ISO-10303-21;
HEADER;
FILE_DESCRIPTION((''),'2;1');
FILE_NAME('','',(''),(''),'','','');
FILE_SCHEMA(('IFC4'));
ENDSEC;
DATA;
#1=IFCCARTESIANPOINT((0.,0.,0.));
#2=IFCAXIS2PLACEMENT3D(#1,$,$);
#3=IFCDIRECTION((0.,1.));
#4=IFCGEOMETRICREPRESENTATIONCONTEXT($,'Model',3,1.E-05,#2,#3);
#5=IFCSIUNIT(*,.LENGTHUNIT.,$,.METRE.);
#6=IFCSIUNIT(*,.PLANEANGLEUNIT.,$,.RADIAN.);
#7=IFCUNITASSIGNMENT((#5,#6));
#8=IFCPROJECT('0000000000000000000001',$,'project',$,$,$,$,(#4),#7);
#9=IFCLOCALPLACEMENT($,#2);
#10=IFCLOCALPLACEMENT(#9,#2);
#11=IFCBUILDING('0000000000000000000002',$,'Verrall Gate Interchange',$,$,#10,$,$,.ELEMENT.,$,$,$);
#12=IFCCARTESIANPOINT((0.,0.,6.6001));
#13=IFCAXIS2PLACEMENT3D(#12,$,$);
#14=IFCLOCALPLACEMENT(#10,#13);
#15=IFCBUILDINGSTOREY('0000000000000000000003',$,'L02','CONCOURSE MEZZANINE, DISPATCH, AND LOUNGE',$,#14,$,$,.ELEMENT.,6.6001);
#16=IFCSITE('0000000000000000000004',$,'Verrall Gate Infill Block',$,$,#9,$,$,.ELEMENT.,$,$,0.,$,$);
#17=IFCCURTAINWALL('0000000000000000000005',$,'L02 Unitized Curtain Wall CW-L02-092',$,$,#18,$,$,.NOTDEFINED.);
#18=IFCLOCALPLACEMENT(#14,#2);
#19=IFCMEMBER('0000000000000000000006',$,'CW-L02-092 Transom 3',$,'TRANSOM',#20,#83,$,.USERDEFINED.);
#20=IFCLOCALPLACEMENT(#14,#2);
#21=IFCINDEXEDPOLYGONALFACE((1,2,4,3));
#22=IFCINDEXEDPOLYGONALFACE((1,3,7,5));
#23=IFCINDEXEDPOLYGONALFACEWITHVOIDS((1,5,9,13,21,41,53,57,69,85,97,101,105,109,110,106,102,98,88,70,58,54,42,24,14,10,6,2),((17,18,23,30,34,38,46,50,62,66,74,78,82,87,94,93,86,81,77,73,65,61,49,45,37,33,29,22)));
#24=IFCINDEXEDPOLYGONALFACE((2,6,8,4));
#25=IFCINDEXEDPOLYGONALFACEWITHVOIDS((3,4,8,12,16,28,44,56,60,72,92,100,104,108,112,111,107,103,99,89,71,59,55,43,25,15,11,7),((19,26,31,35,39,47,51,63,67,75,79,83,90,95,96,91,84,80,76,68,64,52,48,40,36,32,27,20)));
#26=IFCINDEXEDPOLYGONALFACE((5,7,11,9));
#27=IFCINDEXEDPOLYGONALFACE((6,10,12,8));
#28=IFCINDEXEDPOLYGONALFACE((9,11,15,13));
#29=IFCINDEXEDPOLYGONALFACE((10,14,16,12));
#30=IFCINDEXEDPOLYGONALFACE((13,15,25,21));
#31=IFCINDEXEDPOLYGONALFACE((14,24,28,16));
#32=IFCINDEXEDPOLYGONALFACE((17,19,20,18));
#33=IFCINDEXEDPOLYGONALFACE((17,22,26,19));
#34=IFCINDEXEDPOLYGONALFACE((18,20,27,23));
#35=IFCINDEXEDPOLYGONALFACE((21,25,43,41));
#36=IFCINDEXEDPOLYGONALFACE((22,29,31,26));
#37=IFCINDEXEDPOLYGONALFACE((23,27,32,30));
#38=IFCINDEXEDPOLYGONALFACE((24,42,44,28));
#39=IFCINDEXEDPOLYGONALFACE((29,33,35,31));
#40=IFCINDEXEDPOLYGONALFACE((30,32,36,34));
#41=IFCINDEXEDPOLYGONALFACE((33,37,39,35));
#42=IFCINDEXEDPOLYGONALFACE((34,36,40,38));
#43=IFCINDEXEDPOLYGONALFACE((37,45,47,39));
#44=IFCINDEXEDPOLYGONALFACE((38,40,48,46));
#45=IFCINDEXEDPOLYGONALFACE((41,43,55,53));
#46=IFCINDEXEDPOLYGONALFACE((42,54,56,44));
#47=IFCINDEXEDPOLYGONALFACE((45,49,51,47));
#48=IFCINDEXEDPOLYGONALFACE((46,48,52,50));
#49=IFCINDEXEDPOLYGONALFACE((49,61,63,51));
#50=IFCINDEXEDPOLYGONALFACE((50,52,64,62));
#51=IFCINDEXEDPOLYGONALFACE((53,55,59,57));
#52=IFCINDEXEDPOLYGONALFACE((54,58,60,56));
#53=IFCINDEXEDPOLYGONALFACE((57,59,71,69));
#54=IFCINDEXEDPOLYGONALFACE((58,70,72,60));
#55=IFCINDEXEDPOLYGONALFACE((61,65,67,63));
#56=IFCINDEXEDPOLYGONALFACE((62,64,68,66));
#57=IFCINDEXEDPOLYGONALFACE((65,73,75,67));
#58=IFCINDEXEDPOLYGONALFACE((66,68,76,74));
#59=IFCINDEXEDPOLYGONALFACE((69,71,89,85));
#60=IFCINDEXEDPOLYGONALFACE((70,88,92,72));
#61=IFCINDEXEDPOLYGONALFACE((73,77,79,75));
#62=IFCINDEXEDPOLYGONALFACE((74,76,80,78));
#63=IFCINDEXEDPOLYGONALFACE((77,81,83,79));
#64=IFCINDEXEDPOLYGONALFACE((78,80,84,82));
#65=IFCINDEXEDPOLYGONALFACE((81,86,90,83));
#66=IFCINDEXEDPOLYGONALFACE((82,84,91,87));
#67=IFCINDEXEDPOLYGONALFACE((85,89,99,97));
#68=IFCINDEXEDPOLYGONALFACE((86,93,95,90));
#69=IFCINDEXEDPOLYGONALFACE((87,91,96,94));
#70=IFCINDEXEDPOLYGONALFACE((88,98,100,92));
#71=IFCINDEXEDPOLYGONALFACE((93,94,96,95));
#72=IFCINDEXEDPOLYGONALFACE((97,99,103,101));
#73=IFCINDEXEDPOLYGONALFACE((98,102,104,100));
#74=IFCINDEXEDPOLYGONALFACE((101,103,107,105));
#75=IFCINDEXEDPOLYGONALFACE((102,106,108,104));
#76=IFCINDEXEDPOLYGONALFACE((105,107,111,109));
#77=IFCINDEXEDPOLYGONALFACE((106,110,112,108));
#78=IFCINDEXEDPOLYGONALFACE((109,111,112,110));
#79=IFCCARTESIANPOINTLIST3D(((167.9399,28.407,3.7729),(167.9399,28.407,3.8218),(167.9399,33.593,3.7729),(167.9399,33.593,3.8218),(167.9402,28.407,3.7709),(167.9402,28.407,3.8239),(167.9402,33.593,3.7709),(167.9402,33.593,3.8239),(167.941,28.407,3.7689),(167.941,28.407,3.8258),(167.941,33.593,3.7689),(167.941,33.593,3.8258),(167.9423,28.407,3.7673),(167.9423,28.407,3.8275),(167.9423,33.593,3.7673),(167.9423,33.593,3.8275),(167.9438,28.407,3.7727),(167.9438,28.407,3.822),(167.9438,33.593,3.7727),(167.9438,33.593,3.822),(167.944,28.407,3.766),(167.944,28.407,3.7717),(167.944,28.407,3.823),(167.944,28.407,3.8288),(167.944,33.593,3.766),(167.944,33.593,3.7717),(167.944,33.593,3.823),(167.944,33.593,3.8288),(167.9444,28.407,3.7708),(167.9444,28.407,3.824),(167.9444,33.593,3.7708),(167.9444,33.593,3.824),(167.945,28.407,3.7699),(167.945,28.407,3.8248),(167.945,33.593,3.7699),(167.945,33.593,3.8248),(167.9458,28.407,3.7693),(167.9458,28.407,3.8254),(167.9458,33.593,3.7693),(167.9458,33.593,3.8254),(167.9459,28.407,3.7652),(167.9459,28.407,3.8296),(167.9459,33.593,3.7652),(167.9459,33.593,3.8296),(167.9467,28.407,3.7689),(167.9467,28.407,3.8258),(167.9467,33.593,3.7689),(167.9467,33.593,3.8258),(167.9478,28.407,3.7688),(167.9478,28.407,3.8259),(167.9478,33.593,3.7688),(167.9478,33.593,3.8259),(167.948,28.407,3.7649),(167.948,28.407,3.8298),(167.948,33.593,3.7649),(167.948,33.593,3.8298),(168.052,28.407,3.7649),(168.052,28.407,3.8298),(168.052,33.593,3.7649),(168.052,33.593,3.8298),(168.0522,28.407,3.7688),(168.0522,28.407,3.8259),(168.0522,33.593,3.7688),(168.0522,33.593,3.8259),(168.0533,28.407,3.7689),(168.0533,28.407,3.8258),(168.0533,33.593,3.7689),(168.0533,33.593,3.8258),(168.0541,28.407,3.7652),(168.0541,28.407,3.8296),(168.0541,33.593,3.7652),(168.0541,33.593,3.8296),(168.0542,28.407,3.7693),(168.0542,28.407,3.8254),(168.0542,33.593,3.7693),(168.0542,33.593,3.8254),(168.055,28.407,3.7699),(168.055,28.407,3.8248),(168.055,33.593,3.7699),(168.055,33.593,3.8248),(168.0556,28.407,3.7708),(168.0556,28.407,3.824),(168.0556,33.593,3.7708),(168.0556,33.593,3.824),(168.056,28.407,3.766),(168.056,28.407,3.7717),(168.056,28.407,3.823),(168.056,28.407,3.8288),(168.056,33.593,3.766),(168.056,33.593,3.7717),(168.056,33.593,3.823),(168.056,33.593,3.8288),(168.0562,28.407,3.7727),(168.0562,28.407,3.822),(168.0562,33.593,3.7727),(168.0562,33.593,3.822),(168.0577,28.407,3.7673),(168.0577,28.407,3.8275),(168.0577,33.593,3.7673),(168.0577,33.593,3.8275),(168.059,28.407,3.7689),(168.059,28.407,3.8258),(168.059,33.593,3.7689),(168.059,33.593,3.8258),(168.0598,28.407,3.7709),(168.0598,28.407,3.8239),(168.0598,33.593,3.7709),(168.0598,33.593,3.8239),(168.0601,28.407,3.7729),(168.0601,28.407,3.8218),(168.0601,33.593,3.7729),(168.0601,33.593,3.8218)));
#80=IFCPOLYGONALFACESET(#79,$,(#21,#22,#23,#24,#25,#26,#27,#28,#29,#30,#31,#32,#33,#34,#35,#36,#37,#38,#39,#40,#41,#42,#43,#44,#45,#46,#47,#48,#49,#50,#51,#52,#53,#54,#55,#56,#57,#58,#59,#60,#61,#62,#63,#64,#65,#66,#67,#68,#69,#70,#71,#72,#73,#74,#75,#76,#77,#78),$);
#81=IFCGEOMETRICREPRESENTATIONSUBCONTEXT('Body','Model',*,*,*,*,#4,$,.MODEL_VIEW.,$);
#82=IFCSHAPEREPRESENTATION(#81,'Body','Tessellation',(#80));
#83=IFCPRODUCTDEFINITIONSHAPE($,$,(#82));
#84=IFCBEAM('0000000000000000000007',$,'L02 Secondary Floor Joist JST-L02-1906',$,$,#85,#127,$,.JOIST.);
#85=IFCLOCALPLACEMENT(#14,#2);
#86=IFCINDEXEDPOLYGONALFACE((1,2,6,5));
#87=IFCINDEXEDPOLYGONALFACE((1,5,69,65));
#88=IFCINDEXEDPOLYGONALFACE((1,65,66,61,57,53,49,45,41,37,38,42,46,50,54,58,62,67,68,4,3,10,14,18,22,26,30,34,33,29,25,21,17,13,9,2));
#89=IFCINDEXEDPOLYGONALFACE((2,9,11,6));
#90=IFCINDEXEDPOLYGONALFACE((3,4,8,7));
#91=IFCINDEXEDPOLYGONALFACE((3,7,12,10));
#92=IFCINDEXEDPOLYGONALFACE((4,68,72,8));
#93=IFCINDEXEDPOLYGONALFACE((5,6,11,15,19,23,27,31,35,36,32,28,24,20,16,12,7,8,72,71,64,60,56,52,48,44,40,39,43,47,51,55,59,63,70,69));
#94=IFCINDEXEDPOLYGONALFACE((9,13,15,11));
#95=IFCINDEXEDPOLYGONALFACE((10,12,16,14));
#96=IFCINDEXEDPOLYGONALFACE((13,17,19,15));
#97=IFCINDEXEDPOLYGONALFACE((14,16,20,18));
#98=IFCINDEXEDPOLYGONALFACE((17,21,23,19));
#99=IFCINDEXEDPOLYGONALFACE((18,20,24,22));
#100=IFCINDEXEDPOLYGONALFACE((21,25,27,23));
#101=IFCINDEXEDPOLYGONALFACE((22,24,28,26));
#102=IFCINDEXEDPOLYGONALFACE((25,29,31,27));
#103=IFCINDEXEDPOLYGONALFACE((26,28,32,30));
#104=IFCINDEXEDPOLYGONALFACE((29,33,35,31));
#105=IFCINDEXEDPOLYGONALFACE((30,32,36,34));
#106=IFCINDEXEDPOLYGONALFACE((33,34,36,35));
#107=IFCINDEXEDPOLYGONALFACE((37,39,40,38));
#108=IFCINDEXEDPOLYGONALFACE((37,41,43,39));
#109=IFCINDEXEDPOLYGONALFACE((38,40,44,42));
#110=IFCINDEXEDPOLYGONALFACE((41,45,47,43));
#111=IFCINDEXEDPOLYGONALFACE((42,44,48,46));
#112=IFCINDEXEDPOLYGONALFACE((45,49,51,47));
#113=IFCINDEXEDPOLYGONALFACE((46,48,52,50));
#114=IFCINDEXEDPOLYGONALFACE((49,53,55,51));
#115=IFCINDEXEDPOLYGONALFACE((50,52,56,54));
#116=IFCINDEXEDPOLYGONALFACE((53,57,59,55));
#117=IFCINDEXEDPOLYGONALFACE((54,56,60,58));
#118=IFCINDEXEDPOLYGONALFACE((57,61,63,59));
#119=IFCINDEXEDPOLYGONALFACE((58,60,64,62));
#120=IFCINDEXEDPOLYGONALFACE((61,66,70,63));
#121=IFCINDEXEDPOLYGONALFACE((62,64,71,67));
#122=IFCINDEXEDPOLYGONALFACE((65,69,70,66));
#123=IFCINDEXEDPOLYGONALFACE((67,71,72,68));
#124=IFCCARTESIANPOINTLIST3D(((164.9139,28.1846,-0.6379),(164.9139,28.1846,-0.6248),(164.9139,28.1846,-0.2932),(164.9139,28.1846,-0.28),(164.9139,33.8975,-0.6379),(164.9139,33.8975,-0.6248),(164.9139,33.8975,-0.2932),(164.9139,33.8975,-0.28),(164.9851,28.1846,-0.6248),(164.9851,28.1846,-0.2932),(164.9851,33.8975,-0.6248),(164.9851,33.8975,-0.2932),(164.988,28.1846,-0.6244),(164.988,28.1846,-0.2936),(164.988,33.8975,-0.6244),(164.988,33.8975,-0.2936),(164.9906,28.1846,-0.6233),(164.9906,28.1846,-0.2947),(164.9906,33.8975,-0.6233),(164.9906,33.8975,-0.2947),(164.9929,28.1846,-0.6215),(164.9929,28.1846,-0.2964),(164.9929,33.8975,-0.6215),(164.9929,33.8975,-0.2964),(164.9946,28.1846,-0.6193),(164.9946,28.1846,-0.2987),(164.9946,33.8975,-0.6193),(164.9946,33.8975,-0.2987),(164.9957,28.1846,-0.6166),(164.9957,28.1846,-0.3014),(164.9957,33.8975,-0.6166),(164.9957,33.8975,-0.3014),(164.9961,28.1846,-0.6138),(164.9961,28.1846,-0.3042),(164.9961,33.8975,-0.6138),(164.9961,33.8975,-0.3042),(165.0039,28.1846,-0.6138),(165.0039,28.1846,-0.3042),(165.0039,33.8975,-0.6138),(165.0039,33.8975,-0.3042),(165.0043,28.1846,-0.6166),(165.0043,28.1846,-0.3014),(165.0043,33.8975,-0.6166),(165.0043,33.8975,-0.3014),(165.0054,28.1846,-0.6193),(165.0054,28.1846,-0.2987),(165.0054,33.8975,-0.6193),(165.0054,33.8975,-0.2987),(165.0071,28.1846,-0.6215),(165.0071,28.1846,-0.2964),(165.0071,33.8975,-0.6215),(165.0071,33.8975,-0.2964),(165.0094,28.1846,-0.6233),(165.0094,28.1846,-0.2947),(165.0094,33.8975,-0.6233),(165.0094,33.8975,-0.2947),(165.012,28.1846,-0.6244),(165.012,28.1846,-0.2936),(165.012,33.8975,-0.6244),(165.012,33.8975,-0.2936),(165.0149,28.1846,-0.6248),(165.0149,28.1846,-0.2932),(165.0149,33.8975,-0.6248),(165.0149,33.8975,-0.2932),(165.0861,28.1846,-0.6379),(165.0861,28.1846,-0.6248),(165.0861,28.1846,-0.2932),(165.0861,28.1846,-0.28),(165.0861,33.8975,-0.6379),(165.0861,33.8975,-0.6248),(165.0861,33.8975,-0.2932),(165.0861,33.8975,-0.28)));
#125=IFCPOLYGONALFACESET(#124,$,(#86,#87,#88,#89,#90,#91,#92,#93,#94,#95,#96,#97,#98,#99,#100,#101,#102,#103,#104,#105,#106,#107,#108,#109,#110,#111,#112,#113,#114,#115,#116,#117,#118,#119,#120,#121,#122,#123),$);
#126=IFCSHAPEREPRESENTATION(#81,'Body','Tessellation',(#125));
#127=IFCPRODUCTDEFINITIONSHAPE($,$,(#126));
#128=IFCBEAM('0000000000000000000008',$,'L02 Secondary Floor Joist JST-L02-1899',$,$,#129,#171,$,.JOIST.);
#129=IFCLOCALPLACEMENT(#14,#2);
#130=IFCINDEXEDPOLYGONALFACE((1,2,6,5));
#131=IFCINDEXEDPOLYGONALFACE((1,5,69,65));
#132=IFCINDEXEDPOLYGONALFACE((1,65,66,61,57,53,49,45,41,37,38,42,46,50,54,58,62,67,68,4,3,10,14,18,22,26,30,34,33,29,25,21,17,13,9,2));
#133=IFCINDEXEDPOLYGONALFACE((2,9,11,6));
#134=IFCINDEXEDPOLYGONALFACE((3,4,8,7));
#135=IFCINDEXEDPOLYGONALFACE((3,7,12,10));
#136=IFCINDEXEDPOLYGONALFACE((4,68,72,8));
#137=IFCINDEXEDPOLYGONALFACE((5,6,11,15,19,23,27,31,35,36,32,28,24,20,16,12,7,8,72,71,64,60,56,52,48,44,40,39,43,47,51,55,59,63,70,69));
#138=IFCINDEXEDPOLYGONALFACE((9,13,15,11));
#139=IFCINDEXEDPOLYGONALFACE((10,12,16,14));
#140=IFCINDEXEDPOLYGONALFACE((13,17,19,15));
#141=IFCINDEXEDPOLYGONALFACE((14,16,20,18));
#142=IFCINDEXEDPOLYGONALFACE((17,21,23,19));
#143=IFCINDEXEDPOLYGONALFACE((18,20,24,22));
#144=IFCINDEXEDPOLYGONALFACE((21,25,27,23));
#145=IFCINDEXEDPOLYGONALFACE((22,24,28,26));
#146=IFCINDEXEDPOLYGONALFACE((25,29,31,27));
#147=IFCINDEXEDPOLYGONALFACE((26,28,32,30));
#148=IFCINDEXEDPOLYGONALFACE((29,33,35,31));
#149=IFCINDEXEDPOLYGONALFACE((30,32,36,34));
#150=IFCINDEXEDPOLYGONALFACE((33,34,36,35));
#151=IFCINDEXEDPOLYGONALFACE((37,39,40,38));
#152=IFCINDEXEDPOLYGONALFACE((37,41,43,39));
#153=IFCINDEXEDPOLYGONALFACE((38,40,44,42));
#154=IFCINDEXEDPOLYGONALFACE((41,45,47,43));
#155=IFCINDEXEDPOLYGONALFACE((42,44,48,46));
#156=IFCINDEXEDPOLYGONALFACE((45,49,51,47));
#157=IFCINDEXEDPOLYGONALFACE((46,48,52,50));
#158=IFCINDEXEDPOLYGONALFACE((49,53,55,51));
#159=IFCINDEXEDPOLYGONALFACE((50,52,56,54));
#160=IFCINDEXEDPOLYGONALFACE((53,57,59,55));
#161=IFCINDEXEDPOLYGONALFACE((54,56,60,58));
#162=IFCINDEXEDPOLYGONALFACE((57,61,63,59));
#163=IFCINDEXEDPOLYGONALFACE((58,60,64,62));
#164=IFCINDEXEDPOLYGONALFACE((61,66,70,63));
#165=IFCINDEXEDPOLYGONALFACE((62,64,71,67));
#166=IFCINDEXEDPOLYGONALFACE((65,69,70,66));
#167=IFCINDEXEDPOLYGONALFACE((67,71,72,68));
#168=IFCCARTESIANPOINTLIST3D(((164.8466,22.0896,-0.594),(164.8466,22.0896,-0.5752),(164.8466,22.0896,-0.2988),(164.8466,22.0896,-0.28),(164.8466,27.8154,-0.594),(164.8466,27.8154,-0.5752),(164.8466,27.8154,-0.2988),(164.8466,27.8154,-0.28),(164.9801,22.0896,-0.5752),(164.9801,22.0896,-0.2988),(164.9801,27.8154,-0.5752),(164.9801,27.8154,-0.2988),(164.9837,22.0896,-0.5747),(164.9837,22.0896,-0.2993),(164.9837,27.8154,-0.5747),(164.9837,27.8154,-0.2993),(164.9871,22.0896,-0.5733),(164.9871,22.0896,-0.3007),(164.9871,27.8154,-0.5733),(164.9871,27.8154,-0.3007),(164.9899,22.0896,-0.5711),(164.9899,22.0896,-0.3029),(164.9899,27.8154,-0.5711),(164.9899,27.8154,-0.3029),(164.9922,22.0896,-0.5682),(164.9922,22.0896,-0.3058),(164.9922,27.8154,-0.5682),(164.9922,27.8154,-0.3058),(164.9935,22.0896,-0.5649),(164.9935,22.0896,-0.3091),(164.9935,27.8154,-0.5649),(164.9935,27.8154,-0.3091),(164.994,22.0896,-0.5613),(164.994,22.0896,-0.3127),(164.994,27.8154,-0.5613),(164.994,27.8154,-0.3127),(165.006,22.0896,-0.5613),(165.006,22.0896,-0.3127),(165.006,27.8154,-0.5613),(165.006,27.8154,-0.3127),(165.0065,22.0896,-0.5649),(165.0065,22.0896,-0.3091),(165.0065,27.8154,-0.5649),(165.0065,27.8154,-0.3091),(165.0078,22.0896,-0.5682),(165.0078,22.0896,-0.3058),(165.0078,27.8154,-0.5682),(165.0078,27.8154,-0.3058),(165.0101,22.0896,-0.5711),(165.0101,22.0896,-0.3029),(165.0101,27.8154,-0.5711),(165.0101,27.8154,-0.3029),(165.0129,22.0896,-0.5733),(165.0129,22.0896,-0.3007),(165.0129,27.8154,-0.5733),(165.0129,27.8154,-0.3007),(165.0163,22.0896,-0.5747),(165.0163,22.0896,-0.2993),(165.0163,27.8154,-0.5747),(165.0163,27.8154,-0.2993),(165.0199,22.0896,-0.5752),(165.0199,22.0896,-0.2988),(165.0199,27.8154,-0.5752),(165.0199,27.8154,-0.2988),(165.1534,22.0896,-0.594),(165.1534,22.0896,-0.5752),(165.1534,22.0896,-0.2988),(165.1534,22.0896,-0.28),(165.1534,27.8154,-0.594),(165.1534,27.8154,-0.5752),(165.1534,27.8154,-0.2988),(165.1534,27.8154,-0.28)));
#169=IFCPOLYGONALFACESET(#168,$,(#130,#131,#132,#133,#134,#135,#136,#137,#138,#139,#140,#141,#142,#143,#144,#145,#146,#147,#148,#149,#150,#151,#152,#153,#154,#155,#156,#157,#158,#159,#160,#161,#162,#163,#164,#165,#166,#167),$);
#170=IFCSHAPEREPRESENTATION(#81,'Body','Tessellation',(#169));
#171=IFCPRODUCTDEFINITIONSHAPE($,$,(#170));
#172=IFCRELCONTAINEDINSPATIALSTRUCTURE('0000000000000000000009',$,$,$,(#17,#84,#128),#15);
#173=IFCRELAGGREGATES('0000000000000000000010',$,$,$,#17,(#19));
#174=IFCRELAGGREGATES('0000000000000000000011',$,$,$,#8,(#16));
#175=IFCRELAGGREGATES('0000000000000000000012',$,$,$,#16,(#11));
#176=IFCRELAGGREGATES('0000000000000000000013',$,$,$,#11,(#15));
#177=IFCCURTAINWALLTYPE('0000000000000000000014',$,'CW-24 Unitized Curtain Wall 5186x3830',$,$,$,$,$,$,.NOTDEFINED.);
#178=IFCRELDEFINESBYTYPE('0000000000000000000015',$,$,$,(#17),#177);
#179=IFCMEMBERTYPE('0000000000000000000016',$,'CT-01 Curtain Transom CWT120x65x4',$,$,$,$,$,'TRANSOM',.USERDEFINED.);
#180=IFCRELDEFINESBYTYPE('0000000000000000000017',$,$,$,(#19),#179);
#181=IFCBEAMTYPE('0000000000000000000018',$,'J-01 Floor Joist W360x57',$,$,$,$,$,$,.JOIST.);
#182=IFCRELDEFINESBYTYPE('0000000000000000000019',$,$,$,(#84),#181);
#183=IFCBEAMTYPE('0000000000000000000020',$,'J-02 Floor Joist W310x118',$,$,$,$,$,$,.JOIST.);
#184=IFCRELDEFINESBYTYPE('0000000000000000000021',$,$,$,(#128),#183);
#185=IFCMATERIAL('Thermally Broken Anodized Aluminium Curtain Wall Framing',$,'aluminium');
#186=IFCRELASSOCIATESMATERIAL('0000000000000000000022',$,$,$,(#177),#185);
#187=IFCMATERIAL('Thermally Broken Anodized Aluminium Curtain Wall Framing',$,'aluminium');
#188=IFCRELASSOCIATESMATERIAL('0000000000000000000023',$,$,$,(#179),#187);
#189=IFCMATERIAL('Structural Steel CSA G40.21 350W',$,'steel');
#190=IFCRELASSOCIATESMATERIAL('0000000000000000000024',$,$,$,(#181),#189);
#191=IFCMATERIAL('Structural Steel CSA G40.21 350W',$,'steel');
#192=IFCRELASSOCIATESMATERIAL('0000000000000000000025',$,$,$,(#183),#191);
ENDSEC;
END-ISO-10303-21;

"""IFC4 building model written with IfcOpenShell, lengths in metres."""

from ifc_helpers import new_model, si_unit, direction, frame, origin, origin_2d, place, context, subcontext, project, spatial, hollow_rectangle, i_section, extrude, material, material_profile, profile_set, type_object, element, aggregate, save


model = new_model("IFC4")

# Units and contexts
model_context = context("Model", 3, precision=1e-05, world=origin(), true_north=direction((0.0, 1.0)))
body_context = subcontext(model_context, "Body", "Model", "MODEL_VIEW")
ifc_project = project(units=[si_unit("LENGTHUNIT", "METRE"), si_unit("PLANEANGLEUNIT", "RADIAN")], contexts=[model_context])

# Site, building, storey
site_placement = place(None, origin())
site = spatial("IfcSite", under=ifc_project, at=site_placement, Name="Verrall Gate Infill Block", CompositionType="ELEMENT", RefElevation=0.0)
building_placement = place(site_placement, origin())
building = spatial("IfcBuilding", under=site, at=building_placement, Name="Verrall Gate Interchange", CompositionType="ELEMENT")
storey_placement = place(building_placement, frame((0.0, 0.0, 6.6001)))
storey = spatial("IfcBuildingStorey", under=building, at=storey_placement, Name="L02", Description="CONCOURSE MEZZANINE, DISPATCH, AND LOUNGE", CompositionType="ELEMENT", Elevation=6.6001)

# Curtain wall, member
ifc_material_1 = material(Name="Thermally Broken Anodized Aluminium Curtain Wall Framing", Category="aluminium")
curtain_wall_type = type_object("IfcCurtainWallType", Name="CW-24 Unitized Curtain Wall 5186x3830", PredefinedType="NOTDEFINED", material=ifc_material_1)
curtain_wall_placement = place(storey_placement, origin())
curtain_wall = element("IfcCurtainWall", 1, at=curtain_wall_placement, inside=storey, type_object=curtain_wall_type, Name="L02 Unitized Curtain Wall CW-L02-092", PredefinedType="NOTDEFINED")
ifc_material_2 = material(Name="Thermally Broken Anodized Aluminium Curtain Wall Framing", Category="aluminium")
ifc_material_profile_1 = material_profile(ifc_material_2, hollow_rectangle(XDim=0.1201, YDim=0.0649, WallThickness=0.0039, InnerFilletRadius=0.0039, OuterFilletRadius=0.0081, at=origin_2d()), Name="CWT120x65x4")
ifc_profile_set_1 = profile_set([ifc_material_profile_1], Name="Thermally Broken Anodized Aluminium Curtain Wall Framing")
member_type_1 = type_object("IfcMemberType", Name="CT-01 Curtain Transom CWT120x65x4", ElementType="TRANSOM", PredefinedType="USERDEFINED", material=ifc_profile_set_1)
member_1_placement = place(storey_placement, frame((168.0, 28.407, 3.7974), z_axis=(0.0, 1.0, 0.0), x_axis=(-1.0, 0.0, 0.0)))
member_1 = element("IfcMember", 2, at=member_1_placement, type_object=member_type_1, Name="CW-L02-092 Transom 3", ObjectType="TRANSOM", PredefinedType="USERDEFINED", context=body_context, shape_type="SweptSolid", body=[
    extrude(hollow_rectangle(XDim=0.1201, YDim=0.0649, WallThickness=0.0039, InnerFilletRadius=0.0039, OuterFilletRadius=0.0081, at=origin_2d()), origin(), (0.0, 0.0, 1.0), 5.186),
])

# Beams
ifc_material_3 = material(Name="Structural Steel CSA G40.21 350W", Category="steel")
ifc_material_profile_2 = material_profile(ifc_material_3, i_section(OverallWidth=0.1721, OverallDepth=0.3579, WebThickness=0.0078, FlangeThickness=0.0132, FilletRadius=0.011, at=origin_2d()), Name="W360x57")
ifc_profile_set_2 = profile_set([ifc_material_profile_2], Name="Structural Steel CSA G40.21 350W")
beam_type_1 = type_object("IfcBeamType", Name="J-01 Floor Joist W360x57", PredefinedType="JOIST", material=ifc_profile_set_2)
beam_1_placement = place(storey_placement, frame((165.0, 28.1846, -0.459), z_axis=(0.0, 1.0, 0.0), x_axis=(-1.0, 0.0, 0.0)))
element("IfcBeam", 3, at=beam_1_placement, inside=storey, type_object=beam_type_1, Name="L02 Secondary Floor Joist JST-L02-1906", PredefinedType="JOIST", context=body_context, shape_type="SweptSolid", body=[
    extrude(i_section(OverallWidth=0.1721, OverallDepth=0.3579, WebThickness=0.0078, FlangeThickness=0.0132, FilletRadius=0.011, at=origin_2d()), origin(), (0.0, 0.0, 1.0), 5.7129),
])
ifc_material_4 = material(Name="Structural Steel CSA G40.21 350W", Category="steel")
ifc_material_profile_3 = material_profile(ifc_material_4, i_section(OverallWidth=0.3069, OverallDepth=0.314, WebThickness=0.012, FlangeThickness=0.0188, FilletRadius=0.0139, at=origin_2d()), Name="W310x118")
ifc_profile_set_3 = profile_set([ifc_material_profile_3], Name="Structural Steel CSA G40.21 350W")
beam_type_2 = type_object("IfcBeamType", Name="J-02 Floor Joist W310x118", PredefinedType="JOIST", material=ifc_profile_set_3)
beam_2_placement = place(storey_placement, frame((165.0, 22.0896, -0.437), z_axis=(0.0, 1.0, 0.0), x_axis=(-1.0, 0.0, 0.0)))
element("IfcBeam", 4, at=beam_2_placement, inside=storey, type_object=beam_type_2, Name="L02 Secondary Floor Joist JST-L02-1899", PredefinedType="JOIST", context=body_context, shape_type="SweptSolid", body=[
    extrude(i_section(OverallWidth=0.3069, OverallDepth=0.314, WebThickness=0.012, FlangeThickness=0.0188, FilletRadius=0.0139, at=origin_2d()), origin(), (0.0, 0.0, 1.0), 5.7258),
])

aggregate(curtain_wall, [member_1])

save(model, "model.ifc")
